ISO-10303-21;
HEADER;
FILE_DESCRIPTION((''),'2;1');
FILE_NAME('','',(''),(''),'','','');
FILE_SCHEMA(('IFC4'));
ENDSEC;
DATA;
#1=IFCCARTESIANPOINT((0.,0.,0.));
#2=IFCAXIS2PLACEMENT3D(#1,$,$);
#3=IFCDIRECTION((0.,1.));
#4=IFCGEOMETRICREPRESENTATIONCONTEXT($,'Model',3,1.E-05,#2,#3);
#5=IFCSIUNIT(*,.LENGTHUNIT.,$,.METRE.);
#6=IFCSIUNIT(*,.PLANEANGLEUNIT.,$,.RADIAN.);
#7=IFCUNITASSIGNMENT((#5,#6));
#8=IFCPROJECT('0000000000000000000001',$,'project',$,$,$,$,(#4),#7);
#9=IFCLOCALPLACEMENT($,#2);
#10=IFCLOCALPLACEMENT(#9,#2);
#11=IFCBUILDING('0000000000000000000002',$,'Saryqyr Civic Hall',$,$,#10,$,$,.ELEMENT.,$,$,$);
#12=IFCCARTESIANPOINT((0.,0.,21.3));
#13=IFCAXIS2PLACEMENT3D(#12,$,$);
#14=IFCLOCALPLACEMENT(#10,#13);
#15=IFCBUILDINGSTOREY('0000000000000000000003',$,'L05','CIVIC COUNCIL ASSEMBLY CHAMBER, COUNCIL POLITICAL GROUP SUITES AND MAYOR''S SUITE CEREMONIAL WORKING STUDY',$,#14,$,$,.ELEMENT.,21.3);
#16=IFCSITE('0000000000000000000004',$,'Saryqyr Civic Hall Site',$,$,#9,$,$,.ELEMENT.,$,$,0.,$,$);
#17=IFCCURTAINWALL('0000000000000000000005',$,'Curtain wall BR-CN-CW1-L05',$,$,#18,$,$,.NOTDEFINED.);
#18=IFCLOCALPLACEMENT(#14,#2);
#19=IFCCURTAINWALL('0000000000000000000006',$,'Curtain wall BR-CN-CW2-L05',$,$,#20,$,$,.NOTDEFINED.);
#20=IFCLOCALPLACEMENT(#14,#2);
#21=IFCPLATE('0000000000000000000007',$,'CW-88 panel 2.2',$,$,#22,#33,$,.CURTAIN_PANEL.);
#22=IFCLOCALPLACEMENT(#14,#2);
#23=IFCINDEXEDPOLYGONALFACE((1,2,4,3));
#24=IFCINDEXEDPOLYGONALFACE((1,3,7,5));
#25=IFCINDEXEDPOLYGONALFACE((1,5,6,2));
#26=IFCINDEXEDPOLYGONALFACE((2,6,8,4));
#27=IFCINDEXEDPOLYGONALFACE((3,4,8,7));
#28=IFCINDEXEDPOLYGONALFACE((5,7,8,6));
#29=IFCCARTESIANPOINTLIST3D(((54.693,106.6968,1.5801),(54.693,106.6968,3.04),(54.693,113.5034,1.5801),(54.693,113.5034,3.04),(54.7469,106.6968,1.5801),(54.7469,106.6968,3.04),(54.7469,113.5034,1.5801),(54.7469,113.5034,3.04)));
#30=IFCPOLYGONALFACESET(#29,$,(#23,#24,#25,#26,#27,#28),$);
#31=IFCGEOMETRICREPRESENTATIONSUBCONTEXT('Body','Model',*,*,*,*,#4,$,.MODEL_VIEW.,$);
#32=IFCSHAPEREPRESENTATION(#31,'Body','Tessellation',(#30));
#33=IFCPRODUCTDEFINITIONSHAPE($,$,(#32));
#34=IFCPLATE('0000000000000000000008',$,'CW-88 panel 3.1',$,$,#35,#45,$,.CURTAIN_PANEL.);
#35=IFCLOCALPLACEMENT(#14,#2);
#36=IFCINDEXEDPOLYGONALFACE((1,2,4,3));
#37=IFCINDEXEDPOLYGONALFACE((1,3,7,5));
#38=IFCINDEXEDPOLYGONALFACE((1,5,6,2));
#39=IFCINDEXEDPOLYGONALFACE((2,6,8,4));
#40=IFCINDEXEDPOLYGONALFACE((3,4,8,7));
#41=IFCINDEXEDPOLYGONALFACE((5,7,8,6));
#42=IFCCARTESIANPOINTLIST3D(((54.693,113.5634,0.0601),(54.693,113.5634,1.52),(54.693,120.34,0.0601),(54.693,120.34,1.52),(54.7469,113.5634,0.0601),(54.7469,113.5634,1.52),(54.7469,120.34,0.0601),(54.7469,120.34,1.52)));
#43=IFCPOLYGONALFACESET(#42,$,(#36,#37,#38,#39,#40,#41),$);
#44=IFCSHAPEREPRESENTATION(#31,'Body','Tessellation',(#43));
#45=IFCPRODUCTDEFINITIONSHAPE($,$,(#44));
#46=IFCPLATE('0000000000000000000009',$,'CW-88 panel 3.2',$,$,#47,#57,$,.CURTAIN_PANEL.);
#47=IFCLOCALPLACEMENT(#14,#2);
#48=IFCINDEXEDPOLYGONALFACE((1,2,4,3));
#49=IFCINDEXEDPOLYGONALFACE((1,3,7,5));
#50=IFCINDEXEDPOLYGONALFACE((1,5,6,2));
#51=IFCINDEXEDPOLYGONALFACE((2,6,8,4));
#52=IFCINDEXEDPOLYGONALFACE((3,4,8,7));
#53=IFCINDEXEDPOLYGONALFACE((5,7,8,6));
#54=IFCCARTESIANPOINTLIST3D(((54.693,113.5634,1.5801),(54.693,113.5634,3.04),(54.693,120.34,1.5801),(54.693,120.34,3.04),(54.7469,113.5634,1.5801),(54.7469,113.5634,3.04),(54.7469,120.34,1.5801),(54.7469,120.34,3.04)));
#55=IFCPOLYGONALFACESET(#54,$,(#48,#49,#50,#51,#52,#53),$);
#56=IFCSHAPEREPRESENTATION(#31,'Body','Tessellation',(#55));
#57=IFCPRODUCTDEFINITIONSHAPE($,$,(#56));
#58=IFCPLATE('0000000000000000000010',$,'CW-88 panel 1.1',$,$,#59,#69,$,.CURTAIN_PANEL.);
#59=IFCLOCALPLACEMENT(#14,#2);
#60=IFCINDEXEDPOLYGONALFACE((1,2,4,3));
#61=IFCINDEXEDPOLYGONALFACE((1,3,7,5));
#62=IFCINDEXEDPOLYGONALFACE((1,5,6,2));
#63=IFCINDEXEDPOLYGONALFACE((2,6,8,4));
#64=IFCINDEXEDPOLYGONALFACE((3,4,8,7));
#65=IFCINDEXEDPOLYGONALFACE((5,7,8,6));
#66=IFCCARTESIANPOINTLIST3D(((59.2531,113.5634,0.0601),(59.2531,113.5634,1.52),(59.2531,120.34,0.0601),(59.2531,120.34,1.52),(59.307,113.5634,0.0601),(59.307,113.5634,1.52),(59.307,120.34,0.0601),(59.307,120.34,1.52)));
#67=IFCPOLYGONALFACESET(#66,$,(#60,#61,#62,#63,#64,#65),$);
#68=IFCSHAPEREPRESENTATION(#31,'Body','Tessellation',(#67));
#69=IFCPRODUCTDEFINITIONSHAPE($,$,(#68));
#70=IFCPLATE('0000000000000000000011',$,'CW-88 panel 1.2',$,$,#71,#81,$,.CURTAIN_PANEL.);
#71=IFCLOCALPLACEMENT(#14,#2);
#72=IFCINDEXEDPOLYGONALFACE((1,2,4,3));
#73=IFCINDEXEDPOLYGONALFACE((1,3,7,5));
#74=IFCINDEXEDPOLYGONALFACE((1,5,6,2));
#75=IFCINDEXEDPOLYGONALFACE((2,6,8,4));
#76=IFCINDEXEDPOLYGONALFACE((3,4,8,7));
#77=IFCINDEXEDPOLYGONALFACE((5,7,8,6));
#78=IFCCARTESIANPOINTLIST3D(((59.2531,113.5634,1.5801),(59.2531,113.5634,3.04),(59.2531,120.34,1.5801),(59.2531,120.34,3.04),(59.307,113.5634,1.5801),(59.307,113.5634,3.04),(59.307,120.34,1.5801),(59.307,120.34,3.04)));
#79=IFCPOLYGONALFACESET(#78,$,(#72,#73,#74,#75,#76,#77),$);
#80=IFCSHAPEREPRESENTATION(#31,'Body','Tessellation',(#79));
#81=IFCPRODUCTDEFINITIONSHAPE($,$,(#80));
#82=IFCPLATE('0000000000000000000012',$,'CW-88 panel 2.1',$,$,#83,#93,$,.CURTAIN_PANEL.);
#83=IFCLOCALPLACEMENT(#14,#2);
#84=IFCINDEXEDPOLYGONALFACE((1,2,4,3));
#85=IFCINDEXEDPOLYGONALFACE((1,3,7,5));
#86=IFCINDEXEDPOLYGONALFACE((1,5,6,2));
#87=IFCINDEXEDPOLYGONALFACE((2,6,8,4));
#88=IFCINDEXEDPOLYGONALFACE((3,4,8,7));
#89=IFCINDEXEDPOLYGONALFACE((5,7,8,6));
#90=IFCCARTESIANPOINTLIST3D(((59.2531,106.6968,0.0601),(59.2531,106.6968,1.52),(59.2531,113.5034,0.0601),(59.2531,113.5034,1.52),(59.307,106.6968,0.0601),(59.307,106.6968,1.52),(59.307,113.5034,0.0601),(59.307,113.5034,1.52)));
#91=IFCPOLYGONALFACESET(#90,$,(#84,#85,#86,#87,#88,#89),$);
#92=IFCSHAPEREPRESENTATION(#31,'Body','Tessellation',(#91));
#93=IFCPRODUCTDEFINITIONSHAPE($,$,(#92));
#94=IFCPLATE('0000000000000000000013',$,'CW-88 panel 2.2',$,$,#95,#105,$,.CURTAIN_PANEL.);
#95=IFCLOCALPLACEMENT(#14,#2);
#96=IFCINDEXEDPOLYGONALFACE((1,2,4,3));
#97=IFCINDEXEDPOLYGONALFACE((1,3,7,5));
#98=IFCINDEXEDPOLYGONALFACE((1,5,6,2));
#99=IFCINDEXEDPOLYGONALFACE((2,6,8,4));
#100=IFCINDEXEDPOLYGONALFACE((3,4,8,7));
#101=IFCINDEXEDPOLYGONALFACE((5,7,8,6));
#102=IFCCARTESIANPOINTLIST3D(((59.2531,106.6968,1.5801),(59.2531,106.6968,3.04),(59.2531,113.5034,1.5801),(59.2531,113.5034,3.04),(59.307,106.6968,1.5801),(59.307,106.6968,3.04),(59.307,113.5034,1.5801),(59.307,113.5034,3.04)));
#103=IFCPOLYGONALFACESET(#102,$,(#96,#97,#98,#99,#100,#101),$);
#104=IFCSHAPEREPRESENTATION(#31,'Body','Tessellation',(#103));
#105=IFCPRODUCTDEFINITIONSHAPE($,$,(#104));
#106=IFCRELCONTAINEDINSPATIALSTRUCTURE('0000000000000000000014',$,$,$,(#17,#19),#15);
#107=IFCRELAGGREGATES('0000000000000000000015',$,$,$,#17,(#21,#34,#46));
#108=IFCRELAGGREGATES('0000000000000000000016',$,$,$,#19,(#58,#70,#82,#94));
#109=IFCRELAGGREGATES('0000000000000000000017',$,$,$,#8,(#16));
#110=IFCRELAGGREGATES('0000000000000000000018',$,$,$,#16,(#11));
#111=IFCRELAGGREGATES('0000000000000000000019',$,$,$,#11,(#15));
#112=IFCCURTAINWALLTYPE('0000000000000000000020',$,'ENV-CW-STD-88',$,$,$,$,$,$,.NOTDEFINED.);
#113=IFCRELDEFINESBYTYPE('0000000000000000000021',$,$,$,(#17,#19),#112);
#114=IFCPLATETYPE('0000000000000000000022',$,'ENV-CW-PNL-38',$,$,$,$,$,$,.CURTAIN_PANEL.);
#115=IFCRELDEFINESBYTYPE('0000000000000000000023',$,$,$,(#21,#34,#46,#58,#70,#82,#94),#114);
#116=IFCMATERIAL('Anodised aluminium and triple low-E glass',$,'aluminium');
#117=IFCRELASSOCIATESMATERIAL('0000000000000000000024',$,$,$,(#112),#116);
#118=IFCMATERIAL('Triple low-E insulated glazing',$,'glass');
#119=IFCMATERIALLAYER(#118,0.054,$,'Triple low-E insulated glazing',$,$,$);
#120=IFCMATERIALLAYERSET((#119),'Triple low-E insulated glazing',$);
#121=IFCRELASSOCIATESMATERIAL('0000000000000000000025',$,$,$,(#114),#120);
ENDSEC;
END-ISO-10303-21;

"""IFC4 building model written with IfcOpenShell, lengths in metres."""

from ifc_helpers import new_model, si_unit, direction, frame, origin, origin_2d, place, context, subcontext, project, spatial, rectangle, extrude, material, layer, layer_set, type_object, element, aggregate, save


model = new_model("IFC4")

# Units and contexts
model_context = context("Model", 3, precision=1e-05, world=origin(), true_north=direction((0.0, 1.0)))
body_context = subcontext(model_context, "Body", "Model", "MODEL_VIEW")
ifc_project = project(units=[si_unit("LENGTHUNIT", "METRE"), si_unit("PLANEANGLEUNIT", "RADIAN")], contexts=[model_context])

# Site, building, storey
site_placement = place(None, origin())
site = spatial("IfcSite", under=ifc_project, at=site_placement, Name="Saryqyr Civic Hall Site", CompositionType="ELEMENT", RefElevation=0.0)
building_placement = place(site_placement, origin())
building = spatial("IfcBuilding", under=site, at=building_placement, Name="Saryqyr Civic Hall", CompositionType="ELEMENT")
storey_placement = place(building_placement, frame((0.0, 0.0, 21.3)))
storey = spatial("IfcBuildingStorey", under=building, at=storey_placement, Name="L05", Description="CIVIC COUNCIL ASSEMBLY CHAMBER, COUNCIL POLITICAL GROUP SUITES AND MAYOR'S SUITE CEREMONIAL WORKING STUDY", CompositionType="ELEMENT", Elevation=21.3)

# Shared definitions
ifc_material_1 = material(Name="Anodised aluminium and triple low-E glass", Category="aluminium")

# Curtain walls
curtain_wall_type_1 = type_object("IfcCurtainWallType", Name="ENV-CW-STD-88", PredefinedType="NOTDEFINED", material=ifc_material_1)
curtain_wall_1_placement = place(storey_placement, origin())
curtain_wall_1 = element("IfcCurtainWall", 1, at=curtain_wall_1_placement, inside=storey, type_object=curtain_wall_type_1, Name="Curtain wall BR-CN-CW1-L05", PredefinedType="NOTDEFINED")
curtain_wall_2_placement = place(storey_placement, origin())
curtain_wall_2 = element("IfcCurtainWall", 2, at=curtain_wall_2_placement, inside=storey, type_object=curtain_wall_type_1, Name="Curtain wall BR-CN-CW2-L05", PredefinedType="NOTDEFINED")

# Plates
ifc_material_2 = material(Name="Triple low-E insulated glazing", Category="glass")
ifc_layer_1 = layer(ifc_material_2, 0.054, Name="Triple low-E insulated glazing")
ifc_layer_set_1 = layer_set([ifc_layer_1], Name="Triple low-E insulated glazing")
plate_type = type_object("IfcPlateType", Name="ENV-CW-PNL-38", PredefinedType="CURTAIN_PANEL", material=ifc_layer_set_1)
plate_1_placement = place(storey_placement, frame((54.72, 110.1001, 1.5801), z_axis=(0.0, 0.0, 1.0), x_axis=(0.0, 1.0, 0.0)))
plate_1 = element("IfcPlate", 3, at=plate_1_placement, type_object=plate_type, Name="CW-88 panel 2.2", PredefinedType="CURTAIN_PANEL", context=body_context, shape_type="SweptSolid", body=[
    extrude(rectangle(XDim=6.8066, YDim=0.054, at=origin_2d()), origin(), (0.0, 0.0, 1.0), 1.46),
])
plate_2_placement = place(storey_placement, frame((54.72, 116.9517, 0.0601), z_axis=(0.0, 0.0, 1.0), x_axis=(0.0, 1.0, 0.0)))
plate_2 = element("IfcPlate", 4, at=plate_2_placement, type_object=plate_type, Name="CW-88 panel 3.1", PredefinedType="CURTAIN_PANEL", context=body_context, shape_type="SweptSolid", body=[
    extrude(rectangle(XDim=6.7766, YDim=0.054, at=origin_2d()), origin(), (0.0, 0.0, 1.0), 1.46),
])
plate_3_placement = place(storey_placement, frame((54.72, 116.9517, 1.5801), z_axis=(0.0, 0.0, 1.0), x_axis=(0.0, 1.0, 0.0)))
plate_3 = element("IfcPlate", 5, at=plate_3_placement, type_object=plate_type, Name="CW-88 panel 3.2", PredefinedType="CURTAIN_PANEL", context=body_context, shape_type="SweptSolid", body=[
    extrude(rectangle(XDim=6.7766, YDim=0.054, at=origin_2d()), origin(), (0.0, 0.0, 1.0), 1.46),
])
aggregate(curtain_wall_1, [plate_1, plate_2, plate_3])
plate_4_placement = place(storey_placement, frame((59.28, 116.9517, 0.0601), z_axis=(0.0, 0.0, 1.0), x_axis=(0.0, -1.0, 0.0)))
plate_4 = element("IfcPlate", 6, at=plate_4_placement, type_object=plate_type, Name="CW-88 panel 1.1", PredefinedType="CURTAIN_PANEL", context=body_context, shape_type="SweptSolid", body=[
    extrude(rectangle(XDim=6.7766, YDim=0.054, at=origin_2d()), origin(), (0.0, 0.0, 1.0), 1.46),
])
plate_5_placement = place(storey_placement, frame((59.28, 116.9517, 1.5801), z_axis=(0.0, 0.0, 1.0), x_axis=(0.0, -1.0, 0.0)))
plate_5 = element("IfcPlate", 7, at=plate_5_placement, type_object=plate_type, Name="CW-88 panel 1.2", PredefinedType="CURTAIN_PANEL", context=body_context, shape_type="SweptSolid", body=[
    extrude(rectangle(XDim=6.7766, YDim=0.054, at=origin_2d()), origin(), (0.0, 0.0, 1.0), 1.46),
])
plate_6_placement = place(storey_placement, frame((59.28, 110.1001, 0.0601), z_axis=(0.0, 0.0, 1.0), x_axis=(0.0, -1.0, 0.0)))
plate_6 = element("IfcPlate", 8, at=plate_6_placement, type_object=plate_type, Name="CW-88 panel 2.1", PredefinedType="CURTAIN_PANEL", context=body_context, shape_type="SweptSolid", body=[
    extrude(rectangle(XDim=6.8066, YDim=0.054, at=origin_2d()), origin(), (0.0, 0.0, 1.0), 1.46),
])
plate_7_placement = place(storey_placement, frame((59.28, 110.1001, 1.5801), z_axis=(0.0, 0.0, 1.0), x_axis=(0.0, -1.0, 0.0)))
plate_7 = element("IfcPlate", 9, at=plate_7_placement, type_object=plate_type, Name="CW-88 panel 2.2", PredefinedType="CURTAIN_PANEL", context=body_context, shape_type="SweptSolid", body=[
    extrude(rectangle(XDim=6.8066, YDim=0.054, at=origin_2d()), origin(), (0.0, 0.0, 1.0), 1.46),
])
aggregate(curtain_wall_2, [plate_4, plate_5, plate_6, plate_7])

save(model, "model.ifc")
